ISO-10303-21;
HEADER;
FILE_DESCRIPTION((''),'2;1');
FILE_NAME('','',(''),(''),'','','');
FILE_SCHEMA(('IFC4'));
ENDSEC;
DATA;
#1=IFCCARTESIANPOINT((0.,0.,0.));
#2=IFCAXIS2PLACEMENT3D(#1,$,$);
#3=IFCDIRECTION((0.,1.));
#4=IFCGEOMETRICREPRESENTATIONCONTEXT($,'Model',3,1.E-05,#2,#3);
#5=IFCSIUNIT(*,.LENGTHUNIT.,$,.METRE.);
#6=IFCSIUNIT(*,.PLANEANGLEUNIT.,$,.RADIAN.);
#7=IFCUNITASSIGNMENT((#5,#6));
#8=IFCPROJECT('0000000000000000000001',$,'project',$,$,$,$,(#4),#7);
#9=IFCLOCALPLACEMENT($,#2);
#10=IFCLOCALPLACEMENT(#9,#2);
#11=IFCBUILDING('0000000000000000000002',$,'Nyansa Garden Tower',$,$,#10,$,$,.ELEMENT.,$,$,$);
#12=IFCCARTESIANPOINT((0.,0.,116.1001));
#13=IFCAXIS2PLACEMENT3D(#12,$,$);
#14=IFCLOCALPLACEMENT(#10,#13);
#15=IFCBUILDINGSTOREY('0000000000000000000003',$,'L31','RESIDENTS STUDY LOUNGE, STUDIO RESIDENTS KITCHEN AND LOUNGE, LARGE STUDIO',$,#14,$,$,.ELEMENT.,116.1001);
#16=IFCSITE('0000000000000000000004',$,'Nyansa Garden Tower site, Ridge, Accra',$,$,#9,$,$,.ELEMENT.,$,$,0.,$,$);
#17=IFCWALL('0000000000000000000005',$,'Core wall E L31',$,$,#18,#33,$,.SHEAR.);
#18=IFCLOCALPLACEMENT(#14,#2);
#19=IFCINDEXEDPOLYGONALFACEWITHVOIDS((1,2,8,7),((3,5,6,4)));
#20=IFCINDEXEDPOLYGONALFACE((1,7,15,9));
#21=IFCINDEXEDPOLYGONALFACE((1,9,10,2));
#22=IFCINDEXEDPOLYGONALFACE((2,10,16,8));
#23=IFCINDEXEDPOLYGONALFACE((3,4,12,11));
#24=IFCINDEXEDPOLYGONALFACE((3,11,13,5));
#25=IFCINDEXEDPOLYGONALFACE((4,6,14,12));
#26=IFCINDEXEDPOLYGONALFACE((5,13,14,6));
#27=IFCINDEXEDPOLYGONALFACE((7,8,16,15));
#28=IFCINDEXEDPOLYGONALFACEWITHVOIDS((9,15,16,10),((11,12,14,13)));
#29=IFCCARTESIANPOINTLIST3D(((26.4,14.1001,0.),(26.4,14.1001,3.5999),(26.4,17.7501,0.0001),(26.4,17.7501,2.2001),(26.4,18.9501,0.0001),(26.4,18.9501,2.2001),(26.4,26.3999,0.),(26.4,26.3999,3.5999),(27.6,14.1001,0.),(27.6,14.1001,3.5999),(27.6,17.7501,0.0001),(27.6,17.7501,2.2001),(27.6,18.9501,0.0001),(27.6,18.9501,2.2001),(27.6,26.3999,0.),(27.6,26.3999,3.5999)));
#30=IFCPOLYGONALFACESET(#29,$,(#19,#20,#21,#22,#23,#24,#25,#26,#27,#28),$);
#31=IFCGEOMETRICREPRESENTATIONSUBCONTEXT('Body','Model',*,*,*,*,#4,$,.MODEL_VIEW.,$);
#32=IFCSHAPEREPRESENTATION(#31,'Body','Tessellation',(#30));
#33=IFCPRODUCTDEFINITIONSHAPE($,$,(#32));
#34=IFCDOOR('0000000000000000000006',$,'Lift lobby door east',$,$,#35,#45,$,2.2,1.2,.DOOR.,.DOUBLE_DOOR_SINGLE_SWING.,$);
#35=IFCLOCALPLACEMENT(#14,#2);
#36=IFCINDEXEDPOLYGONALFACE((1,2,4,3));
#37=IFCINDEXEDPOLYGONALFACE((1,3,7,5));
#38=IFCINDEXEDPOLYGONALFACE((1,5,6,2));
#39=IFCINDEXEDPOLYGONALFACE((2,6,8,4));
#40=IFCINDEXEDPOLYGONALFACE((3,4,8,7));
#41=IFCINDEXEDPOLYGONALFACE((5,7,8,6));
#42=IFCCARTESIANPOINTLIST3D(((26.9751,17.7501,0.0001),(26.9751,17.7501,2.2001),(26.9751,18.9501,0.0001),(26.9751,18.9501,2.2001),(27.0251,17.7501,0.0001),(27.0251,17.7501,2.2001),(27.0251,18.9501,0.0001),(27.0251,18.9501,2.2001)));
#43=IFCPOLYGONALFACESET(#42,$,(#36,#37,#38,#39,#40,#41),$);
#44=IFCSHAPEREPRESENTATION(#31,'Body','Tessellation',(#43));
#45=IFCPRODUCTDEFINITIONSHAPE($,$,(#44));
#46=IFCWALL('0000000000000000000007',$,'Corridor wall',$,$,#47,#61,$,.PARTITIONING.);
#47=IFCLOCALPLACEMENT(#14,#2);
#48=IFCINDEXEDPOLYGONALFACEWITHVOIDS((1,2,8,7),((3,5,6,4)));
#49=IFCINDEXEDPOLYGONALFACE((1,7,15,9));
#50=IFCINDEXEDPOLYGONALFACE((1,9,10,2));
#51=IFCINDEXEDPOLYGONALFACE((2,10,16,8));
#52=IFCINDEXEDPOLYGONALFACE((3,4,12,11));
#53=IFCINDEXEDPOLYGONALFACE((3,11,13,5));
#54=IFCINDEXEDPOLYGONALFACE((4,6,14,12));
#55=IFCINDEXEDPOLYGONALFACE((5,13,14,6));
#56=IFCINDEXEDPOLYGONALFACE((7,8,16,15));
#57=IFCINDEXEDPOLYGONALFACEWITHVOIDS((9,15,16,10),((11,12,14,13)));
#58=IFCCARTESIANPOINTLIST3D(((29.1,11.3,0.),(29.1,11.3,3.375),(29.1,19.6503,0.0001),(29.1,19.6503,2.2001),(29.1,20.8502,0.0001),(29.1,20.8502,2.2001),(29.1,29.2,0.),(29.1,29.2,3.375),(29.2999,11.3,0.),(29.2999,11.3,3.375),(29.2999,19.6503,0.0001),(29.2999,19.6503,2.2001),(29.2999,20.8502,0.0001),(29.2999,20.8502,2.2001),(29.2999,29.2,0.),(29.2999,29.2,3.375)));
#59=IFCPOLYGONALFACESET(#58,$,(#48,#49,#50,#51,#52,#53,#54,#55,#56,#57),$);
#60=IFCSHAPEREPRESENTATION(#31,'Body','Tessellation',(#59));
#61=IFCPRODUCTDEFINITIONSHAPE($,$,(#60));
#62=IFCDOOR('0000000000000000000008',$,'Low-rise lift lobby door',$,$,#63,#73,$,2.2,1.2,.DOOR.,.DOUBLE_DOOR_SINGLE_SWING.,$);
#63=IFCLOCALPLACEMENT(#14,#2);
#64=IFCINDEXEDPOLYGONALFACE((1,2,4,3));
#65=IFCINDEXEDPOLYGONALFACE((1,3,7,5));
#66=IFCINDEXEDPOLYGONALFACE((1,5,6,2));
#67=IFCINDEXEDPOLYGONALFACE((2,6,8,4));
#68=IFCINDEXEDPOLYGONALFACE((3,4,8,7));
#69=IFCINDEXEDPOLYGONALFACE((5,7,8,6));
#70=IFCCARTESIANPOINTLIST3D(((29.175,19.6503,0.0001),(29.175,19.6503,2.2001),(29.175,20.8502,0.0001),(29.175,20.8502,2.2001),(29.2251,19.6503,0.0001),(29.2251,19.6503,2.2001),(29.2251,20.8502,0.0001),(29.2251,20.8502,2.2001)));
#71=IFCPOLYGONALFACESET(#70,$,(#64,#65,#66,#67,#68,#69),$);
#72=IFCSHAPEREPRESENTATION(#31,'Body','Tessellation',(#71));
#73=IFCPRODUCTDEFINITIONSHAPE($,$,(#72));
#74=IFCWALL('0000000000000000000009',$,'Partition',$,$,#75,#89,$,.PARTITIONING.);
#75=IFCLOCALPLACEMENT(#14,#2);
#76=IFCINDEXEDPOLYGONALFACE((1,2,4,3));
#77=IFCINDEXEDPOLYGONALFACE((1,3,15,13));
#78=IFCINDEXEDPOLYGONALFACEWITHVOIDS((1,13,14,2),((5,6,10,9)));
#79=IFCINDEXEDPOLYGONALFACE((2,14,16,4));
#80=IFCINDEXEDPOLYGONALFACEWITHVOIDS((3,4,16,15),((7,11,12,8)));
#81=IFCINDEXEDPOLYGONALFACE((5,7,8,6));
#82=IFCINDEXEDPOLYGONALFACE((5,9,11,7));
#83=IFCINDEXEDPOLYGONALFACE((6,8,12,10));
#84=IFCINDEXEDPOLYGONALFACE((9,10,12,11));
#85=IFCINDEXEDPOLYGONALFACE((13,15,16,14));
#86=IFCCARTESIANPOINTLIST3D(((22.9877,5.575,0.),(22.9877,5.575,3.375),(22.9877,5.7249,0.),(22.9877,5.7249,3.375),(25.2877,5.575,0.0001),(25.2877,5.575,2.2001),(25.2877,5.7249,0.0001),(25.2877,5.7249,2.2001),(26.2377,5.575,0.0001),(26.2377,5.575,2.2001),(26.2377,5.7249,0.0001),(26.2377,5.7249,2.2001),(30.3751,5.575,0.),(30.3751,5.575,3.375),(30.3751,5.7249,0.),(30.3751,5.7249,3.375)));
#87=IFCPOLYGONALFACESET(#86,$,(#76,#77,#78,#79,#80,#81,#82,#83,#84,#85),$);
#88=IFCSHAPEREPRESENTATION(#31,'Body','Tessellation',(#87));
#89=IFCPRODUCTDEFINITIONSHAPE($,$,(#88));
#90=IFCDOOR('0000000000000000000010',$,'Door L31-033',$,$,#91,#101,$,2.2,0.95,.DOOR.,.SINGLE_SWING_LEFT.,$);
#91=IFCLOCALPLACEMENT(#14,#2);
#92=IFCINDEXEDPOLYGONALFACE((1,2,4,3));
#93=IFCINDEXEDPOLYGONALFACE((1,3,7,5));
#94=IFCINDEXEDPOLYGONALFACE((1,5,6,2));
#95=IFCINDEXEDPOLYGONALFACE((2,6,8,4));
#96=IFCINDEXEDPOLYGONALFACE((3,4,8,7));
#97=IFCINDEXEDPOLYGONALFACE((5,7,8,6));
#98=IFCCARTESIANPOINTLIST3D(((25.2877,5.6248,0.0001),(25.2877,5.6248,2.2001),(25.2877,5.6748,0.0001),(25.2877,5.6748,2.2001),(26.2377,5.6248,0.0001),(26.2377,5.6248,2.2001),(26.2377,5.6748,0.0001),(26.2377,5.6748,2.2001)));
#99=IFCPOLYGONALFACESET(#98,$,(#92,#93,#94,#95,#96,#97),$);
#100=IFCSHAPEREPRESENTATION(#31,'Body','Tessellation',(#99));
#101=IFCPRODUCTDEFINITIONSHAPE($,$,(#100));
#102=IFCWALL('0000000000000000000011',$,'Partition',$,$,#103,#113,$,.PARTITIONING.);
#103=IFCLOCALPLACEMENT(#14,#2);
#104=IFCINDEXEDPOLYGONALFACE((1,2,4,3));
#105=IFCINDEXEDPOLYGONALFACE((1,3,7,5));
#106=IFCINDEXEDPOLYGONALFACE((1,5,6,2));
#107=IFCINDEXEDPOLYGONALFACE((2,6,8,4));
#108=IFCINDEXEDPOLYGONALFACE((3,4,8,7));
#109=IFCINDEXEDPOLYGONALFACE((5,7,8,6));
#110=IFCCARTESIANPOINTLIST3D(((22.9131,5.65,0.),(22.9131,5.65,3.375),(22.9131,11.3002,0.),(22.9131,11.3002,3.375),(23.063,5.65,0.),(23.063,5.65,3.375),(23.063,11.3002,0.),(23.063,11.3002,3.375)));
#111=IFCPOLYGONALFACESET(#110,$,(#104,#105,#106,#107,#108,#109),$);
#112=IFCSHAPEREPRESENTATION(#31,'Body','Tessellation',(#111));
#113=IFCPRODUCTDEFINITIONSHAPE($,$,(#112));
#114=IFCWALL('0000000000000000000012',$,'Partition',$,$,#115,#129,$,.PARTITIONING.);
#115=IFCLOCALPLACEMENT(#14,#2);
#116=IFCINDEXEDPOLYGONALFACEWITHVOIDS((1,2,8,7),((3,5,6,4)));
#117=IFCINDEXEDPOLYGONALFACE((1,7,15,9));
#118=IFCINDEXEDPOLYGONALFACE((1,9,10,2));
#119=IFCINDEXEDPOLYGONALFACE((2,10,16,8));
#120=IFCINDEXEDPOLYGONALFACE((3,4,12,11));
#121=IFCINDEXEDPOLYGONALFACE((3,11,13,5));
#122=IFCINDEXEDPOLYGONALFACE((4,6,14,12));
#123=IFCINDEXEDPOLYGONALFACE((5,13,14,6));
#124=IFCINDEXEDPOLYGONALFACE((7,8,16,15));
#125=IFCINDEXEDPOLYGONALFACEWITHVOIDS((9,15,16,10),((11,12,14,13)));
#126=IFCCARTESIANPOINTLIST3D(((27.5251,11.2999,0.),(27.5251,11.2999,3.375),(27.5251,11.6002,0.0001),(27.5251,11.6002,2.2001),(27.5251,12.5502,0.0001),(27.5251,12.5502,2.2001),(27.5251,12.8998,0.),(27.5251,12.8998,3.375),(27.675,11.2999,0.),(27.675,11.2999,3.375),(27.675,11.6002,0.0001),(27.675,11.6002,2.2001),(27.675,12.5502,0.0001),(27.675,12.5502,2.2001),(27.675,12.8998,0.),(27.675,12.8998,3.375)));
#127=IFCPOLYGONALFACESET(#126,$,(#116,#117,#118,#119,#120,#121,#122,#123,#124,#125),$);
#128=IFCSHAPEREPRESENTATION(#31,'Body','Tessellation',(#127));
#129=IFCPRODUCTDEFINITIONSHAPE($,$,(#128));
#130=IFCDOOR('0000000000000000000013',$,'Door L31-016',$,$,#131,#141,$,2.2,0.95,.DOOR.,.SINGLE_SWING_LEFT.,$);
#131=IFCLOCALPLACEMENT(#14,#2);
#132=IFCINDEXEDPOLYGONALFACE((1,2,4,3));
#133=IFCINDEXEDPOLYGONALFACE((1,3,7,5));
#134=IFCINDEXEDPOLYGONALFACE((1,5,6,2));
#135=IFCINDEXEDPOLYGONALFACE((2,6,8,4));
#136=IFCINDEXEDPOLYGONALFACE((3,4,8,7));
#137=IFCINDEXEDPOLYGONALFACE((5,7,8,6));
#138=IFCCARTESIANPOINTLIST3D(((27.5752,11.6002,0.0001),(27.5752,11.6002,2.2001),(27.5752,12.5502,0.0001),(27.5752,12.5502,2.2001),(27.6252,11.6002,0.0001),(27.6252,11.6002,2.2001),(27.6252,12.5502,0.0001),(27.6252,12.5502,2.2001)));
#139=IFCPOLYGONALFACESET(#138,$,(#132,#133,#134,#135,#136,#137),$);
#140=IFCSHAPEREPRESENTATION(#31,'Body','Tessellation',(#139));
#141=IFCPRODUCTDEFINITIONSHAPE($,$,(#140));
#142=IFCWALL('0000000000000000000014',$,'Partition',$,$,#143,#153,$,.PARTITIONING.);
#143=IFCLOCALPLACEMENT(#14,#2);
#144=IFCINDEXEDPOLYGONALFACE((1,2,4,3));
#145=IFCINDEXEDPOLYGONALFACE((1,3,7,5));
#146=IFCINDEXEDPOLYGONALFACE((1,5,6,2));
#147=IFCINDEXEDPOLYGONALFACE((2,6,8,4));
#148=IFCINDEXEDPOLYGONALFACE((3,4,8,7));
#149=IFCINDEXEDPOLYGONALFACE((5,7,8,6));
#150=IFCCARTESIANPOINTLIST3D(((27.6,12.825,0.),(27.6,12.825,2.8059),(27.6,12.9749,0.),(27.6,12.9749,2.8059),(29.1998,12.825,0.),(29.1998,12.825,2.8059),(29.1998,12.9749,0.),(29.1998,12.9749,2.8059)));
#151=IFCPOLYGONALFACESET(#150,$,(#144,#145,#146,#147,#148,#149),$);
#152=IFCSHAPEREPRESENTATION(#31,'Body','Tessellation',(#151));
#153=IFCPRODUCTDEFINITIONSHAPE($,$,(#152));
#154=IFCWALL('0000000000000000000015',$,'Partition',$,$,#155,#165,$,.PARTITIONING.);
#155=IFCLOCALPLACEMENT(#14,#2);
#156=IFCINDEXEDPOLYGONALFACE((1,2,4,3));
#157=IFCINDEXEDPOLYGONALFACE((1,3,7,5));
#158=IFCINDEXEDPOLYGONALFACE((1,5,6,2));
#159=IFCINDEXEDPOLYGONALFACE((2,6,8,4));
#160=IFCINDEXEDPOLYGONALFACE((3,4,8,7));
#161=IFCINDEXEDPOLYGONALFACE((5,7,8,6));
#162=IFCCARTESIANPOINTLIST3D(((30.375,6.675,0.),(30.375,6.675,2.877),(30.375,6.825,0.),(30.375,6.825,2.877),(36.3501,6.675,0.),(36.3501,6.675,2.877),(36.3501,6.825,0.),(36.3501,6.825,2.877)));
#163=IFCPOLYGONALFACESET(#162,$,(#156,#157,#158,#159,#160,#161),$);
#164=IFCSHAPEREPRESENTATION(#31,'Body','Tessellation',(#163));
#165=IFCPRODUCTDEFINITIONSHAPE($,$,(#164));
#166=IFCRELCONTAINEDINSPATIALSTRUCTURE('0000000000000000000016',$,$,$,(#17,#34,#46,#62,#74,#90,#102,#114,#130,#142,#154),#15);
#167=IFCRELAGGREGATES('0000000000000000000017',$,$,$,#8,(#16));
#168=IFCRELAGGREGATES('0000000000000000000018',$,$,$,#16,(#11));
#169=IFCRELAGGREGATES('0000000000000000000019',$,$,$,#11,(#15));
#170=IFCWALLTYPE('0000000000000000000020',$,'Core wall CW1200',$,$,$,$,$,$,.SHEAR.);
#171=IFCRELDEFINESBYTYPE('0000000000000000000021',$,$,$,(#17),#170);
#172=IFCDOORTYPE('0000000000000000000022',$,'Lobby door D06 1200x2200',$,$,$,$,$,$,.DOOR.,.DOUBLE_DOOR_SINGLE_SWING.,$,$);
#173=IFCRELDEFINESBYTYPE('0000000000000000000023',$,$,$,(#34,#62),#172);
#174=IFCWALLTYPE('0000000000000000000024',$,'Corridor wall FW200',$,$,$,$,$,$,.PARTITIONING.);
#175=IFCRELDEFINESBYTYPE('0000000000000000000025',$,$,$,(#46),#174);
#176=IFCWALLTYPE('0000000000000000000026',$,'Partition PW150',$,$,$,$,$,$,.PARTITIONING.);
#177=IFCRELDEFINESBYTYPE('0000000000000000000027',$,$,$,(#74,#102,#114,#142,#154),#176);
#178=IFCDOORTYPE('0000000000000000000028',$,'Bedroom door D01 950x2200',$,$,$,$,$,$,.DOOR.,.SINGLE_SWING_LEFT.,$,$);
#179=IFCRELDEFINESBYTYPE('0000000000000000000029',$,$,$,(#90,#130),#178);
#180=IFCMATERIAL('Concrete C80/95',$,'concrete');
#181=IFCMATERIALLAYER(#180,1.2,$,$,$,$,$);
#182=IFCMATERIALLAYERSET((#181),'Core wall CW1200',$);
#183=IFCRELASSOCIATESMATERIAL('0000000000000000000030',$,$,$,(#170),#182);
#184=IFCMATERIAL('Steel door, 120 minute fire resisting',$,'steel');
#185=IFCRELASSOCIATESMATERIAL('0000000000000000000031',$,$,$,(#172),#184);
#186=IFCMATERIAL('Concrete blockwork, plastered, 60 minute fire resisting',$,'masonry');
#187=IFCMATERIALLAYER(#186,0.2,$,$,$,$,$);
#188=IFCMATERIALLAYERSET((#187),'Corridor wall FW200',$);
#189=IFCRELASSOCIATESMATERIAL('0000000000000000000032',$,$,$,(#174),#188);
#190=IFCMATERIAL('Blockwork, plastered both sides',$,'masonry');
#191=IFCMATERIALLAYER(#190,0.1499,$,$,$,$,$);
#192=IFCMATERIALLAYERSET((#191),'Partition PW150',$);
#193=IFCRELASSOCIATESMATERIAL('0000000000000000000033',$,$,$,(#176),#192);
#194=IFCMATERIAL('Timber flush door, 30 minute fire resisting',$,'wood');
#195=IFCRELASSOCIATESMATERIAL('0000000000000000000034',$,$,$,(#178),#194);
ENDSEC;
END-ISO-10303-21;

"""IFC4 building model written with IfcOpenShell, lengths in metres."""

from ifc_helpers import new_model, si_unit, direction, frame, frame_2d, origin, place, context, subcontext, project, spatial, rectangle, extrude, material, layer, layer_set, type_object, element, fill, save


model = new_model("IFC4")

# Units and contexts
model_context = context("Model", 3, precision=1e-05, world=origin(), true_north=direction((0.0, 1.0)))
body_context = subcontext(model_context, "Body", "Model", "MODEL_VIEW")
ifc_project = project(units=[si_unit("LENGTHUNIT", "METRE"), si_unit("PLANEANGLEUNIT", "RADIAN")], contexts=[model_context])

# Site, building, storey
site_placement = place(None, origin())
site = spatial("IfcSite", under=ifc_project, at=site_placement, Name="Nyansa Garden Tower site, Ridge, Accra", CompositionType="ELEMENT", RefElevation=0.0)
building_placement = place(site_placement, origin())
building = spatial("IfcBuilding", under=site, at=building_placement, Name="Nyansa Garden Tower", CompositionType="ELEMENT")
storey_placement = place(building_placement, frame((0.0, 0.0, 116.1001)))
storey = spatial("IfcBuildingStorey", under=building, at=storey_placement, Name="L31", Description="RESIDENTS STUDY LOUNGE, STUDIO RESIDENTS KITCHEN AND LOUNGE, LARGE STUDIO", CompositionType="ELEMENT", Elevation=116.1001)

# Walls, openings, doors
ifc_material_1 = material(Name="Concrete C80/95", Category="concrete")
ifc_layer_1 = layer(ifc_material_1, 1.2)
ifc_layer_set_1 = layer_set([ifc_layer_1], Name="Core wall CW1200")
wall_type_1 = type_object("IfcWallType", Name="Core wall CW1200", PredefinedType="SHEAR", material=ifc_layer_set_1)
wall_1_placement = place(storey_placement, frame((27.0, 14.1001, 0.0), z_axis=(0.0, 0.0, 1.0), x_axis=(0.0, 1.0, 0.0)))
wall_1 = element("IfcWall", 1, at=wall_1_placement, inside=storey, type_object=wall_type_1, Name="Core wall E L31", PredefinedType="SHEAR", context=body_context, shape_type="SweptSolid", body=[
    extrude(rectangle(XDim=12.2998, YDim=1.2, at=frame_2d((6.1499, 0.0))), origin(), (0.0, 0.0, 1.0), 3.5999),
])
opening_1_placement = place(wall_1_placement, frame((3.6499, 0.0, 0.0)))
opening_1 = element("IfcOpeningElement", 2, at=opening_1_placement, cuts=wall_1, PredefinedType="OPENING", context=body_context, shape_type="SweptSolid", body=[
    extrude(rectangle(XDim=1.2, YDim=2.2, at=frame_2d((0.6001, 1.1001))), frame((0.0, 0.6099, 0.0), z_axis=(0.0, -1.0, 0.0), x_axis=(1.0, 0.0, 0.0)), (0.0, 0.0, 1.0), 1.22),
])
ifc_material_2 = material(Name="Steel door, 120 minute fire resisting", Category="steel")
door_type_1 = type_object("IfcDoorType", Name="Lobby door D06 1200x2200", OperationType="DOUBLE_DOOR_SINGLE_SWING", PredefinedType="DOOR", material=ifc_material_2)
door_1_placement = place(opening_1_placement, origin())
door_1 = element("IfcDoor", 3, at=door_1_placement, inside=storey, type_object=door_type_1, Name="Lift lobby door east", OperationType="DOUBLE_DOOR_SINGLE_SWING", OverallHeight=2.2, OverallWidth=1.2, PredefinedType="DOOR", context=body_context, shape_type="SweptSolid", body=[
    extrude(rectangle(XDim=1.2, YDim=2.2, at=frame_2d((0.6001, 1.1001))), frame((0.0, 0.0249, 0.0), z_axis=(0.0, -1.0, 0.0), x_axis=(1.0, 0.0, 0.0)), (0.0, 0.0, 1.0), 0.05),
])
fill(opening_1, door_1)
ifc_material_3 = material(Name="Concrete blockwork, plastered, 60 minute fire resisting", Category="masonry")
ifc_layer_2 = layer(ifc_material_3, 0.2)
ifc_layer_set_2 = layer_set([ifc_layer_2], Name="Corridor wall FW200")
wall_type_2 = type_object("IfcWallType", Name="Corridor wall FW200", PredefinedType="PARTITIONING", material=ifc_layer_set_2)
wall_2_placement = place(storey_placement, frame((29.2, 11.3, 0.0), z_axis=(0.0, 0.0, 1.0), x_axis=(0.0, 1.0, 0.0)))
wall_2 = element("IfcWall", 4, at=wall_2_placement, inside=storey, type_object=wall_type_2, Name="Corridor wall", PredefinedType="PARTITIONING", context=body_context, shape_type="SweptSolid", body=[
    extrude(rectangle(XDim=17.8999, YDim=0.2, at=frame_2d((8.95, 0.0))), origin(), (0.0, 0.0, 1.0), 3.375),
])
opening_2_placement = place(wall_2_placement, frame((8.3501, 0.0, 0.0)))
opening_2 = element("IfcOpeningElement", 5, at=opening_2_placement, cuts=wall_2, PredefinedType="OPENING", context=body_context, shape_type="SweptSolid", body=[
    extrude(rectangle(XDim=1.2, YDim=2.2, at=frame_2d((0.6001, 1.1001))), frame((0.0, 0.1099, 0.0), z_axis=(0.0, -1.0, 0.0), x_axis=(1.0, 0.0, 0.0)), (0.0, 0.0, 1.0), 0.22),
])
door_2_placement = place(opening_2_placement, origin())
door_2 = element("IfcDoor", 6, at=door_2_placement, inside=storey, type_object=door_type_1, Name="Low-rise lift lobby door", OperationType="DOUBLE_DOOR_SINGLE_SWING", OverallHeight=2.2, OverallWidth=1.2, PredefinedType="DOOR", context=body_context, shape_type="SweptSolid", body=[
    extrude(rectangle(XDim=1.2, YDim=2.2, at=frame_2d((0.6001, 1.1001))), frame((0.0, 0.0249, 0.0), z_axis=(0.0, -1.0, 0.0), x_axis=(1.0, 0.0, 0.0)), (0.0, 0.0, 1.0), 0.05),
])
fill(opening_2, door_2)
ifc_material_4 = material(Name="Blockwork, plastered both sides", Category="masonry")
ifc_layer_3 = layer(ifc_material_4, 0.1499)
ifc_layer_set_3 = layer_set([ifc_layer_3], Name="Partition PW150")
wall_type_3 = type_object("IfcWallType", Name="Partition PW150", PredefinedType="PARTITIONING", material=ifc_layer_set_3)
wall_3_placement = place(storey_placement, frame((22.9875, 5.6499, 0.0), z_axis=(0.0, 0.0, 1.0), x_axis=(1.0, 0.0, 0.0)))
wall_3 = element("IfcWall", 7, at=wall_3_placement, inside=storey, type_object=wall_type_3, Name="Partition", PredefinedType="PARTITIONING", context=body_context, shape_type="SweptSolid", body=[
    extrude(rectangle(XDim=7.3875, YDim=0.1499, at=frame_2d((3.6938, 0.0))), origin(), (0.0, 0.0, 1.0), 3.375),
])
opening_3_placement = place(wall_3_placement, frame((2.3, 0.0, 0.0)))
opening_3 = element("IfcOpeningElement", 8, at=opening_3_placement, cuts=wall_3, PredefinedType="OPENING", context=body_context, shape_type="SweptSolid", body=[
    extrude(rectangle(XDim=0.95, YDim=2.2, at=frame_2d((0.4751, 1.1001))), frame((0.0, 0.085, 0.0), z_axis=(0.0, -1.0, 0.0), x_axis=(1.0, 0.0, 0.0)), (0.0, 0.0, 1.0), 0.1699),
])
ifc_material_5 = material(Name="Timber flush door, 30 minute fire resisting", Category="wood")
door_type_2 = type_object("IfcDoorType", Name="Bedroom door D01 950x2200", OperationType="SINGLE_SWING_LEFT", PredefinedType="DOOR", material=ifc_material_5)
door_3_placement = place(opening_3_placement, origin())
door_3 = element("IfcDoor", 9, at=door_3_placement, inside=storey, type_object=door_type_2, Name="Door L31-033", OperationType="SINGLE_SWING_LEFT", OverallHeight=2.2, OverallWidth=0.95, PredefinedType="DOOR", context=body_context, shape_type="SweptSolid", body=[
    extrude(rectangle(XDim=0.95, YDim=2.2, at=frame_2d((0.4751, 1.1001))), frame((0.0, 0.0249, 0.0), z_axis=(0.0, -1.0, 0.0), x_axis=(1.0, 0.0, 0.0)), (0.0, 0.0, 1.0), 0.05),
])
fill(opening_3, door_3)

# Wall
wall_4_placement = place(storey_placement, frame((22.988, 5.6499, 0.0), z_axis=(0.0, 0.0, 1.0), x_axis=(0.0, 1.0, 0.0)))
element("IfcWall", 10, at=wall_4_placement, inside=storey, type_object=wall_type_3, Name="Partition", PredefinedType="PARTITIONING", context=body_context, shape_type="SweptSolid", body=[
    extrude(rectangle(XDim=5.6501, YDim=0.1499, at=frame_2d((2.8252, 0.0))), origin(), (0.0, 0.0, 1.0), 3.375),
])

# Wall, opening, door
wall_5_placement = place(storey_placement, frame((27.6001, 11.3, 0.0), z_axis=(0.0, 0.0, 1.0), x_axis=(0.0, 1.0, 0.0)))
wall_5 = element("IfcWall", 11, at=wall_5_placement, inside=storey, type_object=wall_type_3, Name="Partition", PredefinedType="PARTITIONING", context=body_context, shape_type="SweptSolid", body=[
    extrude(rectangle(XDim=1.5999, YDim=0.1499, at=frame_2d((0.7998, 0.0))), origin(), (0.0, 0.0, 1.0), 3.375),
])
opening_4_placement = place(wall_5_placement, frame((0.3, 0.0, 0.0)))
opening_4 = element("IfcOpeningElement", 12, at=opening_4_placement, cuts=wall_5, PredefinedType="OPENING", context=body_context, shape_type="SweptSolid", body=[
    extrude(rectangle(XDim=0.95, YDim=2.2, at=frame_2d((0.4751, 1.1001))), frame((0.0, 0.085, 0.0), z_axis=(0.0, -1.0, 0.0), x_axis=(1.0, 0.0, 0.0)), (0.0, 0.0, 1.0), 0.1699),
])
door_4_placement = place(opening_4_placement, origin())
door_4 = element("IfcDoor", 13, at=door_4_placement, inside=storey, type_object=door_type_2, Name="Door L31-016", OperationType="SINGLE_SWING_LEFT", OverallHeight=2.2, OverallWidth=0.95, PredefinedType="DOOR", context=body_context, shape_type="SweptSolid", body=[
    extrude(rectangle(XDim=0.95, YDim=2.2, at=frame_2d((0.4751, 1.1001))), frame((0.0, 0.0249, 0.0), z_axis=(0.0, -1.0, 0.0), x_axis=(1.0, 0.0, 0.0)), (0.0, 0.0, 1.0), 0.05),
])
fill(opening_4, door_4)

# Walls
wall_6_placement = place(storey_placement, frame((27.6001, 12.8999, 0.0), z_axis=(0.0, 0.0, 1.0), x_axis=(1.0, 0.0, 0.0)))
element("IfcWall", 14, at=wall_6_placement, inside=storey, type_object=wall_type_3, Name="Partition", PredefinedType="PARTITIONING", context=body_context, shape_type="SweptSolid", body=[
    extrude(rectangle(XDim=1.5999, YDim=0.1499, at=frame_2d((0.7998, 0.0))), origin(), (0.0, 0.0, 1.0), 2.8059),
])
wall_7_placement = place(storey_placement, frame((30.375, 6.75, 0.0), z_axis=(0.0, 0.0, 1.0), x_axis=(1.0, 0.0, 0.0)))
element("IfcWall", 15, at=wall_7_placement, inside=storey, type_object=wall_type_3, Name="Partition", PredefinedType="PARTITIONING", context=body_context, shape_type="SweptSolid", body=[
    extrude(rectangle(XDim=5.9751, YDim=0.1499, at=frame_2d((2.9875, 0.0))), origin(), (0.0, 0.0, 1.0), 2.877),
])

save(model, "model.ifc")
